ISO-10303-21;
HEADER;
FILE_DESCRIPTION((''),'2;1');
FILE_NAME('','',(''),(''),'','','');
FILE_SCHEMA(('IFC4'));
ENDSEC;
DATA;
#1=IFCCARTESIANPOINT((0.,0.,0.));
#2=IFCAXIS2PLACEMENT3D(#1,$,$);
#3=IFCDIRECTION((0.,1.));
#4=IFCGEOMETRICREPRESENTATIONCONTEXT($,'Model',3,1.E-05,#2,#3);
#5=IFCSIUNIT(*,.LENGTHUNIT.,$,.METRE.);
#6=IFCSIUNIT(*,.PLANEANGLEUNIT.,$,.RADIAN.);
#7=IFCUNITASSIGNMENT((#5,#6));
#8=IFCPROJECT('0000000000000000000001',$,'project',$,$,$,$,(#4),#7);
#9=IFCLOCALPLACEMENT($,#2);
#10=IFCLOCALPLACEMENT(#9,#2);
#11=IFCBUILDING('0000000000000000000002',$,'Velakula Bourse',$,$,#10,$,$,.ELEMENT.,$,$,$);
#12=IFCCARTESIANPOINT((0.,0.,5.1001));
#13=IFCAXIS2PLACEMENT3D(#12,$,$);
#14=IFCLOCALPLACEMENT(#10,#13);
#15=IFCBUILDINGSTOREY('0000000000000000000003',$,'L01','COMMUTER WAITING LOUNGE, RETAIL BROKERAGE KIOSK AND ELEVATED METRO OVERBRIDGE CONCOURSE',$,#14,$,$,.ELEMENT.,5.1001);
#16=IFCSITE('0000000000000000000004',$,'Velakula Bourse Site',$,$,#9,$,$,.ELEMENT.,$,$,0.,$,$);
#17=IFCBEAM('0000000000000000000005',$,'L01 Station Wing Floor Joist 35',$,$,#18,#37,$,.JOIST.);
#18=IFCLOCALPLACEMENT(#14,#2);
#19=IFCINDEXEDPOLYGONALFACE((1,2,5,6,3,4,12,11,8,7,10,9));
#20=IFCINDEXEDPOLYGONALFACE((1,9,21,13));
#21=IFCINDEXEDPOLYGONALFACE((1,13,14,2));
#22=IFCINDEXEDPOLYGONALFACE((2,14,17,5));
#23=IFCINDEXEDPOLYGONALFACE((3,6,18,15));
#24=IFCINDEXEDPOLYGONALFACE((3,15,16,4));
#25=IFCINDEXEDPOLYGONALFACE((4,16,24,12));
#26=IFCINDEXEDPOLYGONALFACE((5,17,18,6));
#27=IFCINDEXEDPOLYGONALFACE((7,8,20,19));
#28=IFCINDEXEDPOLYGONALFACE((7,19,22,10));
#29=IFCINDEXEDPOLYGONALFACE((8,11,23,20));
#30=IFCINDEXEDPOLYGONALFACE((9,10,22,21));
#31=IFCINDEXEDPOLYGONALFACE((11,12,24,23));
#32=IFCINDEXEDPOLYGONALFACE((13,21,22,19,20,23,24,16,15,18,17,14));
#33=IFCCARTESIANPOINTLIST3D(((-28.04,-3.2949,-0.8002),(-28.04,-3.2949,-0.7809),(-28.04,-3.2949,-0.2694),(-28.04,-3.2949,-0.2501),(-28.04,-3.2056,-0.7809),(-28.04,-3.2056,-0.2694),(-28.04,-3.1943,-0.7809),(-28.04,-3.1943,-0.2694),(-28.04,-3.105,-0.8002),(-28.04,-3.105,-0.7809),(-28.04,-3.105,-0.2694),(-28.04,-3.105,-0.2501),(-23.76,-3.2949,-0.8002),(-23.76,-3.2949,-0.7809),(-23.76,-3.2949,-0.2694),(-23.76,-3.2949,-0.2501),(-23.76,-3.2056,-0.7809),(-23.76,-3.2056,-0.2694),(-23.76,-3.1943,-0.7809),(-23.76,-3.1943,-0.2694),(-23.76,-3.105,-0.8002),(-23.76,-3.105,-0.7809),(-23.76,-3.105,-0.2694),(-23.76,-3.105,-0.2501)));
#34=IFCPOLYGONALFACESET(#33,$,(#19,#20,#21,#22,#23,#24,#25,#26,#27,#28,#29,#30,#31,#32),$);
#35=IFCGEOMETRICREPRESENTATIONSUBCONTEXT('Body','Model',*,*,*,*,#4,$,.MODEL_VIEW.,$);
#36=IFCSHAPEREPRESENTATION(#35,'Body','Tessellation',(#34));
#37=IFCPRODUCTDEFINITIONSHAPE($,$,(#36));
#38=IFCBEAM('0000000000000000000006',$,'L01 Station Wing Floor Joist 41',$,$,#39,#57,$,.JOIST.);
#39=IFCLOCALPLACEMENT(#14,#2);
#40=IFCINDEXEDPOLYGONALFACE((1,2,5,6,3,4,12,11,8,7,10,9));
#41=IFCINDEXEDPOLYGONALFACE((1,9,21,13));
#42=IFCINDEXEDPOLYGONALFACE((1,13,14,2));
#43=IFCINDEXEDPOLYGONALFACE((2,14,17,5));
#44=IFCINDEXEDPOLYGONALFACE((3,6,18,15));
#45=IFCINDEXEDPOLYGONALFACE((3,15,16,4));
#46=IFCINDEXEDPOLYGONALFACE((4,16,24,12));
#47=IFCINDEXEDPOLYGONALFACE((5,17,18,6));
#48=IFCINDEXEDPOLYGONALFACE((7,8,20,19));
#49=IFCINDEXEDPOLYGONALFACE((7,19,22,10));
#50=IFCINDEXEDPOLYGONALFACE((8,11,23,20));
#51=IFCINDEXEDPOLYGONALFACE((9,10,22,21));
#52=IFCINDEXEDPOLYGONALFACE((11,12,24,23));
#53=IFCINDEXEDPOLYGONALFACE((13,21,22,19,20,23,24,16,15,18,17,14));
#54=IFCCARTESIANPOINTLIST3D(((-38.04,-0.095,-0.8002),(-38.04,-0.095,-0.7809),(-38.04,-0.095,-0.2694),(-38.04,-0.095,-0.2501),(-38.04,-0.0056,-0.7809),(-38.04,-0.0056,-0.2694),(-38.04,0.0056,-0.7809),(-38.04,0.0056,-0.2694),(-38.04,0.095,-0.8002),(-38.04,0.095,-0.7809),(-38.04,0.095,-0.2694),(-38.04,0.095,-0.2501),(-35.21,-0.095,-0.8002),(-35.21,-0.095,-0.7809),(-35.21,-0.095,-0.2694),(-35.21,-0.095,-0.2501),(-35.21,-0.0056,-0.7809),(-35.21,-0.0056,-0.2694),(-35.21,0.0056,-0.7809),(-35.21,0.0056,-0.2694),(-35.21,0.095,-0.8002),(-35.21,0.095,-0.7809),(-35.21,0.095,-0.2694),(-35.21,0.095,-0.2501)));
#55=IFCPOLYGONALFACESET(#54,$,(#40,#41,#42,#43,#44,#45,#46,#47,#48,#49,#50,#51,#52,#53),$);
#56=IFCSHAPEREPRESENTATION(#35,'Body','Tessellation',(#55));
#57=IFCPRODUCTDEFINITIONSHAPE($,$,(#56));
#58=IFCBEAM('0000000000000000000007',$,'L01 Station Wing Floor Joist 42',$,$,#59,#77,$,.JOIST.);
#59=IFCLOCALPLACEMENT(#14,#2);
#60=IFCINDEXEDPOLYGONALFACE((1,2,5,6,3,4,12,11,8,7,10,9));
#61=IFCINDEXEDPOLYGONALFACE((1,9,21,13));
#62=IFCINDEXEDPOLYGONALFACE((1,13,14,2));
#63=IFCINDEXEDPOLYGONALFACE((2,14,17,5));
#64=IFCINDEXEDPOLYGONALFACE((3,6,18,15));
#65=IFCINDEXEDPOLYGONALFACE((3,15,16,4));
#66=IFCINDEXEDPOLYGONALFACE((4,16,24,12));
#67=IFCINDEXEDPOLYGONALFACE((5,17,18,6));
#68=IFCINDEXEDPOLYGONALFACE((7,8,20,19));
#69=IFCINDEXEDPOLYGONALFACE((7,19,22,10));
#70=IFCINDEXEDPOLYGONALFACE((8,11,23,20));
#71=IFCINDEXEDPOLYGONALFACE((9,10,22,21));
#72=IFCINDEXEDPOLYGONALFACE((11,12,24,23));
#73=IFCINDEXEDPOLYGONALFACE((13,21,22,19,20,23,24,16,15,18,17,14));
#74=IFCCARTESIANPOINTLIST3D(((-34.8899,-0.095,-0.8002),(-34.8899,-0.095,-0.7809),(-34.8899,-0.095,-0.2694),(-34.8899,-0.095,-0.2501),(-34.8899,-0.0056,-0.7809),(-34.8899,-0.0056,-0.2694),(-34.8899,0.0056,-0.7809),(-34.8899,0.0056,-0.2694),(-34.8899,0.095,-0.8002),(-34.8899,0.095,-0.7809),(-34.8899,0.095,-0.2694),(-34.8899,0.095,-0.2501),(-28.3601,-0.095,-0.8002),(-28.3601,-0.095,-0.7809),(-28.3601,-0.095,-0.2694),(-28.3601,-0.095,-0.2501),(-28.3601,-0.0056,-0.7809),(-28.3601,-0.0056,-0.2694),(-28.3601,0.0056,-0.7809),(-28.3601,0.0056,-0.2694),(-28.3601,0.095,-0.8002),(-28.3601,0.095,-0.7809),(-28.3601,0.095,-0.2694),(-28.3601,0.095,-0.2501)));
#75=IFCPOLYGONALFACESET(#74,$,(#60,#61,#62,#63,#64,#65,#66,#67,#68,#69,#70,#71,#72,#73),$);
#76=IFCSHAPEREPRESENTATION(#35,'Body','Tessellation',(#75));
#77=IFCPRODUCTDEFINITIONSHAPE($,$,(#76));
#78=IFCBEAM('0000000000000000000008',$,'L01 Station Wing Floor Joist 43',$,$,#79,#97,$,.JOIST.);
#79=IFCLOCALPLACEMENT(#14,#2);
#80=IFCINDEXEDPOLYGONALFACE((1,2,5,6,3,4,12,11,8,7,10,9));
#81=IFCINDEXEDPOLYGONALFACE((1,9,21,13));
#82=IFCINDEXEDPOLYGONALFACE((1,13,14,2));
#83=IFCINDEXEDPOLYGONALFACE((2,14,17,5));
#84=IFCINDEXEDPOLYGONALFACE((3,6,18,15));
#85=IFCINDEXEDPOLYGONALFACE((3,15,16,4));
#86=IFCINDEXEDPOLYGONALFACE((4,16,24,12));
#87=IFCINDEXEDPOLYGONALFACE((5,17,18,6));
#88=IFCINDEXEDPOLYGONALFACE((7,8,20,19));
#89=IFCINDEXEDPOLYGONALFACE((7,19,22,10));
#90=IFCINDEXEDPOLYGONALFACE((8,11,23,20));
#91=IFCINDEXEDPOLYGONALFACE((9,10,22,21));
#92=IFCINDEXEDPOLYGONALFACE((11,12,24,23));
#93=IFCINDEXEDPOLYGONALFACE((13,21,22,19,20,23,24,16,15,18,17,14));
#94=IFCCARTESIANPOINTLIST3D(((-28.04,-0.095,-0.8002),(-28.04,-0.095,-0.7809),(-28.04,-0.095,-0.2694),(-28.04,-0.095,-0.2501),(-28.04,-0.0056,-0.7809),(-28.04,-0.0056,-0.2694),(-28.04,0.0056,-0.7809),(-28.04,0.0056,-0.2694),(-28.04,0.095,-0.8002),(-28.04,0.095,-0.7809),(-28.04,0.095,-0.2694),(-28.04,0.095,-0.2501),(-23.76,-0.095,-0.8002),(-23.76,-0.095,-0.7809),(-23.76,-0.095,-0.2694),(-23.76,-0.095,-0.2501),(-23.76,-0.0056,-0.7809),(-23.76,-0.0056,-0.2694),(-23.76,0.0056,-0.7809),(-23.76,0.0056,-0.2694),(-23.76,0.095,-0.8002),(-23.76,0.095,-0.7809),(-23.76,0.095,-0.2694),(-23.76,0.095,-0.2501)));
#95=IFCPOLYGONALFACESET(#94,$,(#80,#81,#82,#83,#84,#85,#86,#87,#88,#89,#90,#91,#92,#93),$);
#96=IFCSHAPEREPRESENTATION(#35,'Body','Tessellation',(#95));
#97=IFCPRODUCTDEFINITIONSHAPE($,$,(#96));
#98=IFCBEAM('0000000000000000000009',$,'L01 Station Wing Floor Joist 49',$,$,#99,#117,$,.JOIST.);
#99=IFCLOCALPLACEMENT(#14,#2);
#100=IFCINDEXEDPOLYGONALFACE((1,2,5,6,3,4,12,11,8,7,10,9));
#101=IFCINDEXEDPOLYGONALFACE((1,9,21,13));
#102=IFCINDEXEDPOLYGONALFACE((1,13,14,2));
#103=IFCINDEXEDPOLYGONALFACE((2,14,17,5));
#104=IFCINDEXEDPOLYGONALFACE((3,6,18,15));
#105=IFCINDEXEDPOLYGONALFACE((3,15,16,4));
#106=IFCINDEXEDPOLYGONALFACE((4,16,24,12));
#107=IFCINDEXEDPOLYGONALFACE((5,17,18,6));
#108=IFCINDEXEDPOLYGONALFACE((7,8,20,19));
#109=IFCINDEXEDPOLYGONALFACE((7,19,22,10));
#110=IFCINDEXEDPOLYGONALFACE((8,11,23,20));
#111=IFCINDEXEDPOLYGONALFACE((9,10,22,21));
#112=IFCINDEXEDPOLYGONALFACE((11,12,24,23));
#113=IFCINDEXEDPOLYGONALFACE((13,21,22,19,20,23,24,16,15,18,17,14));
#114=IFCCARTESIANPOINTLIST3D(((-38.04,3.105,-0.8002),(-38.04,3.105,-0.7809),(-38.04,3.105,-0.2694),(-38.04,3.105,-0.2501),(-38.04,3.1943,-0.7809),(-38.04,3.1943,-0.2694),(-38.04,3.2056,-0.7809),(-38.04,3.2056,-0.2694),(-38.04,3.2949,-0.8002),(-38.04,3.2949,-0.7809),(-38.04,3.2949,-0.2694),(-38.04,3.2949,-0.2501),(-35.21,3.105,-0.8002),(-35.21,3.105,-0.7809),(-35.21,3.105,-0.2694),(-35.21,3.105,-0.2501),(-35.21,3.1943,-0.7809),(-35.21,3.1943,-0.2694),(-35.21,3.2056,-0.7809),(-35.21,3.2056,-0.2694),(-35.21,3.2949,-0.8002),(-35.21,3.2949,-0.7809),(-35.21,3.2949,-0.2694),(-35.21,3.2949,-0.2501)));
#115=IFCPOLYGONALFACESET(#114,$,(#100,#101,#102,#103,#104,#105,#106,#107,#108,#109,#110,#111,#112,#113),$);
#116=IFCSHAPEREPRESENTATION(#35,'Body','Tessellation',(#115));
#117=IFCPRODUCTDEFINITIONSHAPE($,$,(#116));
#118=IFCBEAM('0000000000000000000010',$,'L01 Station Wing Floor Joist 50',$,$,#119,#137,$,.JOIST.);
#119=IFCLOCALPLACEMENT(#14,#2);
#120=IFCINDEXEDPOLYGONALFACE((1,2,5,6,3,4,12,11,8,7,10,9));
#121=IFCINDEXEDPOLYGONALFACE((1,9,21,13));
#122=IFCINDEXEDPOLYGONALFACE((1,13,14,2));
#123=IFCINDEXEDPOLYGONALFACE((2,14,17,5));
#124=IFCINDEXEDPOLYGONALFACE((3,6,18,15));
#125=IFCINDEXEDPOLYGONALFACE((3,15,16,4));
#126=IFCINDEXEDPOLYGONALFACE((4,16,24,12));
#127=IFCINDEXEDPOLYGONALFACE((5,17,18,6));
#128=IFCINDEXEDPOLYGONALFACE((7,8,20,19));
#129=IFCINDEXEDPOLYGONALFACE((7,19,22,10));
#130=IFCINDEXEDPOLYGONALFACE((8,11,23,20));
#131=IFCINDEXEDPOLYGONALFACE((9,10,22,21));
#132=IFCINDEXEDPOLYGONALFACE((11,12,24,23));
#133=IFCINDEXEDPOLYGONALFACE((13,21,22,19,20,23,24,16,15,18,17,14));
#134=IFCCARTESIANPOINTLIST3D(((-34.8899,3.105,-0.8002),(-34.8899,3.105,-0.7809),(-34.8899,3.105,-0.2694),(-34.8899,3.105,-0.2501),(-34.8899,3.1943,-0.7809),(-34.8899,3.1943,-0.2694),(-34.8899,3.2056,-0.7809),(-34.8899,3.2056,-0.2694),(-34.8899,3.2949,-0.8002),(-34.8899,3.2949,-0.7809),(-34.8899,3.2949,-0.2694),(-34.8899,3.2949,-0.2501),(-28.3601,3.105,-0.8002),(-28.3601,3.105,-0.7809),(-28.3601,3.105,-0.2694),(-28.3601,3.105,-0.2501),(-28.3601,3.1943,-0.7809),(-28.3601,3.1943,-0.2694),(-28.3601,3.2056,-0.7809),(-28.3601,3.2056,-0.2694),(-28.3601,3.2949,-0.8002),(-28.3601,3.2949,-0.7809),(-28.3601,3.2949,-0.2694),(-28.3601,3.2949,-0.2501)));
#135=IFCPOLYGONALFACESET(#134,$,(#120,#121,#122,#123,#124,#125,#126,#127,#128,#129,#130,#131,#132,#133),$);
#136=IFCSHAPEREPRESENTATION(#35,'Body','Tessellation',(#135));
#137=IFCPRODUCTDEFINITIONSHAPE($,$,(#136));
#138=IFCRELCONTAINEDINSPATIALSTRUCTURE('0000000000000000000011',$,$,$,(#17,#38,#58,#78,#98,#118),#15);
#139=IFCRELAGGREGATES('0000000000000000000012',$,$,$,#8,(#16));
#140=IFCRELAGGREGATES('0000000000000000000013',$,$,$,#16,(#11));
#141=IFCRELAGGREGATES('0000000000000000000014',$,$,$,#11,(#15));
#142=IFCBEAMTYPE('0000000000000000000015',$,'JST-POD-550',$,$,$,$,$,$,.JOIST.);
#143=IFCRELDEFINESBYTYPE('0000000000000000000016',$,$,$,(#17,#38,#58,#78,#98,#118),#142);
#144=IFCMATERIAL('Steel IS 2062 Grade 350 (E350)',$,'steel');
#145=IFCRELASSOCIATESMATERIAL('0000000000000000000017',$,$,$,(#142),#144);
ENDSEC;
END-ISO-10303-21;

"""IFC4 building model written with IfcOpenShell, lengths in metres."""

from ifc_helpers import new_model, si_unit, direction, frame, origin, origin_2d, place, context, subcontext, project, spatial, i_section, extrude, material, material_profile, profile_set, type_object, element, save


model = new_model("IFC4")

# Units and contexts
model_context = context("Model", 3, precision=1e-05, world=origin(), true_north=direction((0.0, 1.0)))
body_context = subcontext(model_context, "Body", "Model", "MODEL_VIEW")
ifc_project = project(units=[si_unit("LENGTHUNIT", "METRE"), si_unit("PLANEANGLEUNIT", "RADIAN")], contexts=[model_context])

# Site, building, storey
site_placement = place(None, origin())
site = spatial("IfcSite", under=ifc_project, at=site_placement, Name="Velakula Bourse Site", CompositionType="ELEMENT", RefElevation=0.0)
building_placement = place(site_placement, origin())
building = spatial("IfcBuilding", under=site, at=building_placement, Name="Velakula Bourse", CompositionType="ELEMENT")
storey_placement = place(building_placement, frame((0.0, 0.0, 5.1001)))
storey = spatial("IfcBuildingStorey", under=building, at=storey_placement, Name="L01", Description="COMMUTER WAITING LOUNGE, RETAIL BROKERAGE KIOSK AND ELEVATED METRO OVERBRIDGE CONCOURSE", CompositionType="ELEMENT", Elevation=5.1001)

# Beams
ifc_material_1 = material(Name="Steel IS 2062 Grade 350 (E350)", Category="steel")
ifc_material_profile_1 = material_profile(ifc_material_1, i_section(OverallWidth=0.1899, OverallDepth=0.55, WebThickness=0.0112, FlangeThickness=0.0193, at=origin_2d()), Name="Steel IS 2062 Grade 350 (E350)")
ifc_profile_set_1 = profile_set([ifc_material_profile_1], Name="Steel IS 2062 Grade 350 (E350)")
beam_type_1 = type_object("IfcBeamType", Name="JST-POD-550", PredefinedType="JOIST", material=ifc_profile_set_1)
beam_1_placement = place(storey_placement, frame((-28.04, -3.2, -0.5251), z_axis=(1.0, 0.0, 0.0), x_axis=(0.0, 1.0, 0.0)))
element("IfcBeam", 1, at=beam_1_placement, inside=storey, type_object=beam_type_1, Name="L01 Station Wing Floor Joist 35", PredefinedType="JOIST", context=body_context, shape_type="SweptSolid", body=[
    extrude(i_section(OverallWidth=0.1899, OverallDepth=0.55, WebThickness=0.0112, FlangeThickness=0.0193, at=origin_2d()), origin(), (0.0, 0.0, 1.0), 4.28),
])
beam_2_placement = place(storey_placement, frame((-38.04, 0.0, -0.5251), z_axis=(1.0, 0.0, 0.0), x_axis=(0.0, 1.0, 0.0)))
element("IfcBeam", 2, at=beam_2_placement, inside=storey, type_object=beam_type_1, Name="L01 Station Wing Floor Joist 41", PredefinedType="JOIST", context=body_context, shape_type="SweptSolid", body=[
    extrude(i_section(OverallWidth=0.1899, OverallDepth=0.55, WebThickness=0.0112, FlangeThickness=0.0193, at=origin_2d()), origin(), (0.0, 0.0, 1.0), 2.8301),
])
beam_3_placement = place(storey_placement, frame((-34.8899, 0.0, -0.5251), z_axis=(1.0, 0.0, 0.0), x_axis=(0.0, 1.0, 0.0)))
element("IfcBeam", 3, at=beam_3_placement, inside=storey, type_object=beam_type_1, Name="L01 Station Wing Floor Joist 42", PredefinedType="JOIST", context=body_context, shape_type="SweptSolid", body=[
    extrude(i_section(OverallWidth=0.1899, OverallDepth=0.55, WebThickness=0.0112, FlangeThickness=0.0193, at=origin_2d()), origin(), (0.0, 0.0, 1.0), 6.5298),
])
beam_4_placement = place(storey_placement, frame((-28.04, 0.0, -0.5251), z_axis=(1.0, 0.0, 0.0), x_axis=(0.0, 1.0, 0.0)))
element("IfcBeam", 4, at=beam_4_placement, inside=storey, type_object=beam_type_1, Name="L01 Station Wing Floor Joist 43", PredefinedType="JOIST", context=body_context, shape_type="SweptSolid", body=[
    extrude(i_section(OverallWidth=0.1899, OverallDepth=0.55, WebThickness=0.0112, FlangeThickness=0.0193, at=origin_2d()), origin(), (0.0, 0.0, 1.0), 4.28),
])
beam_5_placement = place(storey_placement, frame((-38.04, 3.2, -0.5251), z_axis=(1.0, 0.0, 0.0), x_axis=(0.0, 1.0, 0.0)))
element("IfcBeam", 5, at=beam_5_placement, inside=storey, type_object=beam_type_1, Name="L01 Station Wing Floor Joist 49", PredefinedType="JOIST", context=body_context, shape_type="SweptSolid", body=[
    extrude(i_section(OverallWidth=0.1899, OverallDepth=0.55, WebThickness=0.0112, FlangeThickness=0.0193, at=origin_2d()), origin(), (0.0, 0.0, 1.0), 2.8301),
])
beam_6_placement = place(storey_placement, frame((-34.8899, 3.2, -0.5251), z_axis=(1.0, 0.0, 0.0), x_axis=(0.0, 1.0, 0.0)))
element("IfcBeam", 6, at=beam_6_placement, inside=storey, type_object=beam_type_1, Name="L01 Station Wing Floor Joist 50", PredefinedType="JOIST", context=body_context, shape_type="SweptSolid", body=[
    extrude(i_section(OverallWidth=0.1899, OverallDepth=0.55, WebThickness=0.0112, FlangeThickness=0.0193, at=origin_2d()), origin(), (0.0, 0.0, 1.0), 6.5298),
])

save(model, "model.ifc")
